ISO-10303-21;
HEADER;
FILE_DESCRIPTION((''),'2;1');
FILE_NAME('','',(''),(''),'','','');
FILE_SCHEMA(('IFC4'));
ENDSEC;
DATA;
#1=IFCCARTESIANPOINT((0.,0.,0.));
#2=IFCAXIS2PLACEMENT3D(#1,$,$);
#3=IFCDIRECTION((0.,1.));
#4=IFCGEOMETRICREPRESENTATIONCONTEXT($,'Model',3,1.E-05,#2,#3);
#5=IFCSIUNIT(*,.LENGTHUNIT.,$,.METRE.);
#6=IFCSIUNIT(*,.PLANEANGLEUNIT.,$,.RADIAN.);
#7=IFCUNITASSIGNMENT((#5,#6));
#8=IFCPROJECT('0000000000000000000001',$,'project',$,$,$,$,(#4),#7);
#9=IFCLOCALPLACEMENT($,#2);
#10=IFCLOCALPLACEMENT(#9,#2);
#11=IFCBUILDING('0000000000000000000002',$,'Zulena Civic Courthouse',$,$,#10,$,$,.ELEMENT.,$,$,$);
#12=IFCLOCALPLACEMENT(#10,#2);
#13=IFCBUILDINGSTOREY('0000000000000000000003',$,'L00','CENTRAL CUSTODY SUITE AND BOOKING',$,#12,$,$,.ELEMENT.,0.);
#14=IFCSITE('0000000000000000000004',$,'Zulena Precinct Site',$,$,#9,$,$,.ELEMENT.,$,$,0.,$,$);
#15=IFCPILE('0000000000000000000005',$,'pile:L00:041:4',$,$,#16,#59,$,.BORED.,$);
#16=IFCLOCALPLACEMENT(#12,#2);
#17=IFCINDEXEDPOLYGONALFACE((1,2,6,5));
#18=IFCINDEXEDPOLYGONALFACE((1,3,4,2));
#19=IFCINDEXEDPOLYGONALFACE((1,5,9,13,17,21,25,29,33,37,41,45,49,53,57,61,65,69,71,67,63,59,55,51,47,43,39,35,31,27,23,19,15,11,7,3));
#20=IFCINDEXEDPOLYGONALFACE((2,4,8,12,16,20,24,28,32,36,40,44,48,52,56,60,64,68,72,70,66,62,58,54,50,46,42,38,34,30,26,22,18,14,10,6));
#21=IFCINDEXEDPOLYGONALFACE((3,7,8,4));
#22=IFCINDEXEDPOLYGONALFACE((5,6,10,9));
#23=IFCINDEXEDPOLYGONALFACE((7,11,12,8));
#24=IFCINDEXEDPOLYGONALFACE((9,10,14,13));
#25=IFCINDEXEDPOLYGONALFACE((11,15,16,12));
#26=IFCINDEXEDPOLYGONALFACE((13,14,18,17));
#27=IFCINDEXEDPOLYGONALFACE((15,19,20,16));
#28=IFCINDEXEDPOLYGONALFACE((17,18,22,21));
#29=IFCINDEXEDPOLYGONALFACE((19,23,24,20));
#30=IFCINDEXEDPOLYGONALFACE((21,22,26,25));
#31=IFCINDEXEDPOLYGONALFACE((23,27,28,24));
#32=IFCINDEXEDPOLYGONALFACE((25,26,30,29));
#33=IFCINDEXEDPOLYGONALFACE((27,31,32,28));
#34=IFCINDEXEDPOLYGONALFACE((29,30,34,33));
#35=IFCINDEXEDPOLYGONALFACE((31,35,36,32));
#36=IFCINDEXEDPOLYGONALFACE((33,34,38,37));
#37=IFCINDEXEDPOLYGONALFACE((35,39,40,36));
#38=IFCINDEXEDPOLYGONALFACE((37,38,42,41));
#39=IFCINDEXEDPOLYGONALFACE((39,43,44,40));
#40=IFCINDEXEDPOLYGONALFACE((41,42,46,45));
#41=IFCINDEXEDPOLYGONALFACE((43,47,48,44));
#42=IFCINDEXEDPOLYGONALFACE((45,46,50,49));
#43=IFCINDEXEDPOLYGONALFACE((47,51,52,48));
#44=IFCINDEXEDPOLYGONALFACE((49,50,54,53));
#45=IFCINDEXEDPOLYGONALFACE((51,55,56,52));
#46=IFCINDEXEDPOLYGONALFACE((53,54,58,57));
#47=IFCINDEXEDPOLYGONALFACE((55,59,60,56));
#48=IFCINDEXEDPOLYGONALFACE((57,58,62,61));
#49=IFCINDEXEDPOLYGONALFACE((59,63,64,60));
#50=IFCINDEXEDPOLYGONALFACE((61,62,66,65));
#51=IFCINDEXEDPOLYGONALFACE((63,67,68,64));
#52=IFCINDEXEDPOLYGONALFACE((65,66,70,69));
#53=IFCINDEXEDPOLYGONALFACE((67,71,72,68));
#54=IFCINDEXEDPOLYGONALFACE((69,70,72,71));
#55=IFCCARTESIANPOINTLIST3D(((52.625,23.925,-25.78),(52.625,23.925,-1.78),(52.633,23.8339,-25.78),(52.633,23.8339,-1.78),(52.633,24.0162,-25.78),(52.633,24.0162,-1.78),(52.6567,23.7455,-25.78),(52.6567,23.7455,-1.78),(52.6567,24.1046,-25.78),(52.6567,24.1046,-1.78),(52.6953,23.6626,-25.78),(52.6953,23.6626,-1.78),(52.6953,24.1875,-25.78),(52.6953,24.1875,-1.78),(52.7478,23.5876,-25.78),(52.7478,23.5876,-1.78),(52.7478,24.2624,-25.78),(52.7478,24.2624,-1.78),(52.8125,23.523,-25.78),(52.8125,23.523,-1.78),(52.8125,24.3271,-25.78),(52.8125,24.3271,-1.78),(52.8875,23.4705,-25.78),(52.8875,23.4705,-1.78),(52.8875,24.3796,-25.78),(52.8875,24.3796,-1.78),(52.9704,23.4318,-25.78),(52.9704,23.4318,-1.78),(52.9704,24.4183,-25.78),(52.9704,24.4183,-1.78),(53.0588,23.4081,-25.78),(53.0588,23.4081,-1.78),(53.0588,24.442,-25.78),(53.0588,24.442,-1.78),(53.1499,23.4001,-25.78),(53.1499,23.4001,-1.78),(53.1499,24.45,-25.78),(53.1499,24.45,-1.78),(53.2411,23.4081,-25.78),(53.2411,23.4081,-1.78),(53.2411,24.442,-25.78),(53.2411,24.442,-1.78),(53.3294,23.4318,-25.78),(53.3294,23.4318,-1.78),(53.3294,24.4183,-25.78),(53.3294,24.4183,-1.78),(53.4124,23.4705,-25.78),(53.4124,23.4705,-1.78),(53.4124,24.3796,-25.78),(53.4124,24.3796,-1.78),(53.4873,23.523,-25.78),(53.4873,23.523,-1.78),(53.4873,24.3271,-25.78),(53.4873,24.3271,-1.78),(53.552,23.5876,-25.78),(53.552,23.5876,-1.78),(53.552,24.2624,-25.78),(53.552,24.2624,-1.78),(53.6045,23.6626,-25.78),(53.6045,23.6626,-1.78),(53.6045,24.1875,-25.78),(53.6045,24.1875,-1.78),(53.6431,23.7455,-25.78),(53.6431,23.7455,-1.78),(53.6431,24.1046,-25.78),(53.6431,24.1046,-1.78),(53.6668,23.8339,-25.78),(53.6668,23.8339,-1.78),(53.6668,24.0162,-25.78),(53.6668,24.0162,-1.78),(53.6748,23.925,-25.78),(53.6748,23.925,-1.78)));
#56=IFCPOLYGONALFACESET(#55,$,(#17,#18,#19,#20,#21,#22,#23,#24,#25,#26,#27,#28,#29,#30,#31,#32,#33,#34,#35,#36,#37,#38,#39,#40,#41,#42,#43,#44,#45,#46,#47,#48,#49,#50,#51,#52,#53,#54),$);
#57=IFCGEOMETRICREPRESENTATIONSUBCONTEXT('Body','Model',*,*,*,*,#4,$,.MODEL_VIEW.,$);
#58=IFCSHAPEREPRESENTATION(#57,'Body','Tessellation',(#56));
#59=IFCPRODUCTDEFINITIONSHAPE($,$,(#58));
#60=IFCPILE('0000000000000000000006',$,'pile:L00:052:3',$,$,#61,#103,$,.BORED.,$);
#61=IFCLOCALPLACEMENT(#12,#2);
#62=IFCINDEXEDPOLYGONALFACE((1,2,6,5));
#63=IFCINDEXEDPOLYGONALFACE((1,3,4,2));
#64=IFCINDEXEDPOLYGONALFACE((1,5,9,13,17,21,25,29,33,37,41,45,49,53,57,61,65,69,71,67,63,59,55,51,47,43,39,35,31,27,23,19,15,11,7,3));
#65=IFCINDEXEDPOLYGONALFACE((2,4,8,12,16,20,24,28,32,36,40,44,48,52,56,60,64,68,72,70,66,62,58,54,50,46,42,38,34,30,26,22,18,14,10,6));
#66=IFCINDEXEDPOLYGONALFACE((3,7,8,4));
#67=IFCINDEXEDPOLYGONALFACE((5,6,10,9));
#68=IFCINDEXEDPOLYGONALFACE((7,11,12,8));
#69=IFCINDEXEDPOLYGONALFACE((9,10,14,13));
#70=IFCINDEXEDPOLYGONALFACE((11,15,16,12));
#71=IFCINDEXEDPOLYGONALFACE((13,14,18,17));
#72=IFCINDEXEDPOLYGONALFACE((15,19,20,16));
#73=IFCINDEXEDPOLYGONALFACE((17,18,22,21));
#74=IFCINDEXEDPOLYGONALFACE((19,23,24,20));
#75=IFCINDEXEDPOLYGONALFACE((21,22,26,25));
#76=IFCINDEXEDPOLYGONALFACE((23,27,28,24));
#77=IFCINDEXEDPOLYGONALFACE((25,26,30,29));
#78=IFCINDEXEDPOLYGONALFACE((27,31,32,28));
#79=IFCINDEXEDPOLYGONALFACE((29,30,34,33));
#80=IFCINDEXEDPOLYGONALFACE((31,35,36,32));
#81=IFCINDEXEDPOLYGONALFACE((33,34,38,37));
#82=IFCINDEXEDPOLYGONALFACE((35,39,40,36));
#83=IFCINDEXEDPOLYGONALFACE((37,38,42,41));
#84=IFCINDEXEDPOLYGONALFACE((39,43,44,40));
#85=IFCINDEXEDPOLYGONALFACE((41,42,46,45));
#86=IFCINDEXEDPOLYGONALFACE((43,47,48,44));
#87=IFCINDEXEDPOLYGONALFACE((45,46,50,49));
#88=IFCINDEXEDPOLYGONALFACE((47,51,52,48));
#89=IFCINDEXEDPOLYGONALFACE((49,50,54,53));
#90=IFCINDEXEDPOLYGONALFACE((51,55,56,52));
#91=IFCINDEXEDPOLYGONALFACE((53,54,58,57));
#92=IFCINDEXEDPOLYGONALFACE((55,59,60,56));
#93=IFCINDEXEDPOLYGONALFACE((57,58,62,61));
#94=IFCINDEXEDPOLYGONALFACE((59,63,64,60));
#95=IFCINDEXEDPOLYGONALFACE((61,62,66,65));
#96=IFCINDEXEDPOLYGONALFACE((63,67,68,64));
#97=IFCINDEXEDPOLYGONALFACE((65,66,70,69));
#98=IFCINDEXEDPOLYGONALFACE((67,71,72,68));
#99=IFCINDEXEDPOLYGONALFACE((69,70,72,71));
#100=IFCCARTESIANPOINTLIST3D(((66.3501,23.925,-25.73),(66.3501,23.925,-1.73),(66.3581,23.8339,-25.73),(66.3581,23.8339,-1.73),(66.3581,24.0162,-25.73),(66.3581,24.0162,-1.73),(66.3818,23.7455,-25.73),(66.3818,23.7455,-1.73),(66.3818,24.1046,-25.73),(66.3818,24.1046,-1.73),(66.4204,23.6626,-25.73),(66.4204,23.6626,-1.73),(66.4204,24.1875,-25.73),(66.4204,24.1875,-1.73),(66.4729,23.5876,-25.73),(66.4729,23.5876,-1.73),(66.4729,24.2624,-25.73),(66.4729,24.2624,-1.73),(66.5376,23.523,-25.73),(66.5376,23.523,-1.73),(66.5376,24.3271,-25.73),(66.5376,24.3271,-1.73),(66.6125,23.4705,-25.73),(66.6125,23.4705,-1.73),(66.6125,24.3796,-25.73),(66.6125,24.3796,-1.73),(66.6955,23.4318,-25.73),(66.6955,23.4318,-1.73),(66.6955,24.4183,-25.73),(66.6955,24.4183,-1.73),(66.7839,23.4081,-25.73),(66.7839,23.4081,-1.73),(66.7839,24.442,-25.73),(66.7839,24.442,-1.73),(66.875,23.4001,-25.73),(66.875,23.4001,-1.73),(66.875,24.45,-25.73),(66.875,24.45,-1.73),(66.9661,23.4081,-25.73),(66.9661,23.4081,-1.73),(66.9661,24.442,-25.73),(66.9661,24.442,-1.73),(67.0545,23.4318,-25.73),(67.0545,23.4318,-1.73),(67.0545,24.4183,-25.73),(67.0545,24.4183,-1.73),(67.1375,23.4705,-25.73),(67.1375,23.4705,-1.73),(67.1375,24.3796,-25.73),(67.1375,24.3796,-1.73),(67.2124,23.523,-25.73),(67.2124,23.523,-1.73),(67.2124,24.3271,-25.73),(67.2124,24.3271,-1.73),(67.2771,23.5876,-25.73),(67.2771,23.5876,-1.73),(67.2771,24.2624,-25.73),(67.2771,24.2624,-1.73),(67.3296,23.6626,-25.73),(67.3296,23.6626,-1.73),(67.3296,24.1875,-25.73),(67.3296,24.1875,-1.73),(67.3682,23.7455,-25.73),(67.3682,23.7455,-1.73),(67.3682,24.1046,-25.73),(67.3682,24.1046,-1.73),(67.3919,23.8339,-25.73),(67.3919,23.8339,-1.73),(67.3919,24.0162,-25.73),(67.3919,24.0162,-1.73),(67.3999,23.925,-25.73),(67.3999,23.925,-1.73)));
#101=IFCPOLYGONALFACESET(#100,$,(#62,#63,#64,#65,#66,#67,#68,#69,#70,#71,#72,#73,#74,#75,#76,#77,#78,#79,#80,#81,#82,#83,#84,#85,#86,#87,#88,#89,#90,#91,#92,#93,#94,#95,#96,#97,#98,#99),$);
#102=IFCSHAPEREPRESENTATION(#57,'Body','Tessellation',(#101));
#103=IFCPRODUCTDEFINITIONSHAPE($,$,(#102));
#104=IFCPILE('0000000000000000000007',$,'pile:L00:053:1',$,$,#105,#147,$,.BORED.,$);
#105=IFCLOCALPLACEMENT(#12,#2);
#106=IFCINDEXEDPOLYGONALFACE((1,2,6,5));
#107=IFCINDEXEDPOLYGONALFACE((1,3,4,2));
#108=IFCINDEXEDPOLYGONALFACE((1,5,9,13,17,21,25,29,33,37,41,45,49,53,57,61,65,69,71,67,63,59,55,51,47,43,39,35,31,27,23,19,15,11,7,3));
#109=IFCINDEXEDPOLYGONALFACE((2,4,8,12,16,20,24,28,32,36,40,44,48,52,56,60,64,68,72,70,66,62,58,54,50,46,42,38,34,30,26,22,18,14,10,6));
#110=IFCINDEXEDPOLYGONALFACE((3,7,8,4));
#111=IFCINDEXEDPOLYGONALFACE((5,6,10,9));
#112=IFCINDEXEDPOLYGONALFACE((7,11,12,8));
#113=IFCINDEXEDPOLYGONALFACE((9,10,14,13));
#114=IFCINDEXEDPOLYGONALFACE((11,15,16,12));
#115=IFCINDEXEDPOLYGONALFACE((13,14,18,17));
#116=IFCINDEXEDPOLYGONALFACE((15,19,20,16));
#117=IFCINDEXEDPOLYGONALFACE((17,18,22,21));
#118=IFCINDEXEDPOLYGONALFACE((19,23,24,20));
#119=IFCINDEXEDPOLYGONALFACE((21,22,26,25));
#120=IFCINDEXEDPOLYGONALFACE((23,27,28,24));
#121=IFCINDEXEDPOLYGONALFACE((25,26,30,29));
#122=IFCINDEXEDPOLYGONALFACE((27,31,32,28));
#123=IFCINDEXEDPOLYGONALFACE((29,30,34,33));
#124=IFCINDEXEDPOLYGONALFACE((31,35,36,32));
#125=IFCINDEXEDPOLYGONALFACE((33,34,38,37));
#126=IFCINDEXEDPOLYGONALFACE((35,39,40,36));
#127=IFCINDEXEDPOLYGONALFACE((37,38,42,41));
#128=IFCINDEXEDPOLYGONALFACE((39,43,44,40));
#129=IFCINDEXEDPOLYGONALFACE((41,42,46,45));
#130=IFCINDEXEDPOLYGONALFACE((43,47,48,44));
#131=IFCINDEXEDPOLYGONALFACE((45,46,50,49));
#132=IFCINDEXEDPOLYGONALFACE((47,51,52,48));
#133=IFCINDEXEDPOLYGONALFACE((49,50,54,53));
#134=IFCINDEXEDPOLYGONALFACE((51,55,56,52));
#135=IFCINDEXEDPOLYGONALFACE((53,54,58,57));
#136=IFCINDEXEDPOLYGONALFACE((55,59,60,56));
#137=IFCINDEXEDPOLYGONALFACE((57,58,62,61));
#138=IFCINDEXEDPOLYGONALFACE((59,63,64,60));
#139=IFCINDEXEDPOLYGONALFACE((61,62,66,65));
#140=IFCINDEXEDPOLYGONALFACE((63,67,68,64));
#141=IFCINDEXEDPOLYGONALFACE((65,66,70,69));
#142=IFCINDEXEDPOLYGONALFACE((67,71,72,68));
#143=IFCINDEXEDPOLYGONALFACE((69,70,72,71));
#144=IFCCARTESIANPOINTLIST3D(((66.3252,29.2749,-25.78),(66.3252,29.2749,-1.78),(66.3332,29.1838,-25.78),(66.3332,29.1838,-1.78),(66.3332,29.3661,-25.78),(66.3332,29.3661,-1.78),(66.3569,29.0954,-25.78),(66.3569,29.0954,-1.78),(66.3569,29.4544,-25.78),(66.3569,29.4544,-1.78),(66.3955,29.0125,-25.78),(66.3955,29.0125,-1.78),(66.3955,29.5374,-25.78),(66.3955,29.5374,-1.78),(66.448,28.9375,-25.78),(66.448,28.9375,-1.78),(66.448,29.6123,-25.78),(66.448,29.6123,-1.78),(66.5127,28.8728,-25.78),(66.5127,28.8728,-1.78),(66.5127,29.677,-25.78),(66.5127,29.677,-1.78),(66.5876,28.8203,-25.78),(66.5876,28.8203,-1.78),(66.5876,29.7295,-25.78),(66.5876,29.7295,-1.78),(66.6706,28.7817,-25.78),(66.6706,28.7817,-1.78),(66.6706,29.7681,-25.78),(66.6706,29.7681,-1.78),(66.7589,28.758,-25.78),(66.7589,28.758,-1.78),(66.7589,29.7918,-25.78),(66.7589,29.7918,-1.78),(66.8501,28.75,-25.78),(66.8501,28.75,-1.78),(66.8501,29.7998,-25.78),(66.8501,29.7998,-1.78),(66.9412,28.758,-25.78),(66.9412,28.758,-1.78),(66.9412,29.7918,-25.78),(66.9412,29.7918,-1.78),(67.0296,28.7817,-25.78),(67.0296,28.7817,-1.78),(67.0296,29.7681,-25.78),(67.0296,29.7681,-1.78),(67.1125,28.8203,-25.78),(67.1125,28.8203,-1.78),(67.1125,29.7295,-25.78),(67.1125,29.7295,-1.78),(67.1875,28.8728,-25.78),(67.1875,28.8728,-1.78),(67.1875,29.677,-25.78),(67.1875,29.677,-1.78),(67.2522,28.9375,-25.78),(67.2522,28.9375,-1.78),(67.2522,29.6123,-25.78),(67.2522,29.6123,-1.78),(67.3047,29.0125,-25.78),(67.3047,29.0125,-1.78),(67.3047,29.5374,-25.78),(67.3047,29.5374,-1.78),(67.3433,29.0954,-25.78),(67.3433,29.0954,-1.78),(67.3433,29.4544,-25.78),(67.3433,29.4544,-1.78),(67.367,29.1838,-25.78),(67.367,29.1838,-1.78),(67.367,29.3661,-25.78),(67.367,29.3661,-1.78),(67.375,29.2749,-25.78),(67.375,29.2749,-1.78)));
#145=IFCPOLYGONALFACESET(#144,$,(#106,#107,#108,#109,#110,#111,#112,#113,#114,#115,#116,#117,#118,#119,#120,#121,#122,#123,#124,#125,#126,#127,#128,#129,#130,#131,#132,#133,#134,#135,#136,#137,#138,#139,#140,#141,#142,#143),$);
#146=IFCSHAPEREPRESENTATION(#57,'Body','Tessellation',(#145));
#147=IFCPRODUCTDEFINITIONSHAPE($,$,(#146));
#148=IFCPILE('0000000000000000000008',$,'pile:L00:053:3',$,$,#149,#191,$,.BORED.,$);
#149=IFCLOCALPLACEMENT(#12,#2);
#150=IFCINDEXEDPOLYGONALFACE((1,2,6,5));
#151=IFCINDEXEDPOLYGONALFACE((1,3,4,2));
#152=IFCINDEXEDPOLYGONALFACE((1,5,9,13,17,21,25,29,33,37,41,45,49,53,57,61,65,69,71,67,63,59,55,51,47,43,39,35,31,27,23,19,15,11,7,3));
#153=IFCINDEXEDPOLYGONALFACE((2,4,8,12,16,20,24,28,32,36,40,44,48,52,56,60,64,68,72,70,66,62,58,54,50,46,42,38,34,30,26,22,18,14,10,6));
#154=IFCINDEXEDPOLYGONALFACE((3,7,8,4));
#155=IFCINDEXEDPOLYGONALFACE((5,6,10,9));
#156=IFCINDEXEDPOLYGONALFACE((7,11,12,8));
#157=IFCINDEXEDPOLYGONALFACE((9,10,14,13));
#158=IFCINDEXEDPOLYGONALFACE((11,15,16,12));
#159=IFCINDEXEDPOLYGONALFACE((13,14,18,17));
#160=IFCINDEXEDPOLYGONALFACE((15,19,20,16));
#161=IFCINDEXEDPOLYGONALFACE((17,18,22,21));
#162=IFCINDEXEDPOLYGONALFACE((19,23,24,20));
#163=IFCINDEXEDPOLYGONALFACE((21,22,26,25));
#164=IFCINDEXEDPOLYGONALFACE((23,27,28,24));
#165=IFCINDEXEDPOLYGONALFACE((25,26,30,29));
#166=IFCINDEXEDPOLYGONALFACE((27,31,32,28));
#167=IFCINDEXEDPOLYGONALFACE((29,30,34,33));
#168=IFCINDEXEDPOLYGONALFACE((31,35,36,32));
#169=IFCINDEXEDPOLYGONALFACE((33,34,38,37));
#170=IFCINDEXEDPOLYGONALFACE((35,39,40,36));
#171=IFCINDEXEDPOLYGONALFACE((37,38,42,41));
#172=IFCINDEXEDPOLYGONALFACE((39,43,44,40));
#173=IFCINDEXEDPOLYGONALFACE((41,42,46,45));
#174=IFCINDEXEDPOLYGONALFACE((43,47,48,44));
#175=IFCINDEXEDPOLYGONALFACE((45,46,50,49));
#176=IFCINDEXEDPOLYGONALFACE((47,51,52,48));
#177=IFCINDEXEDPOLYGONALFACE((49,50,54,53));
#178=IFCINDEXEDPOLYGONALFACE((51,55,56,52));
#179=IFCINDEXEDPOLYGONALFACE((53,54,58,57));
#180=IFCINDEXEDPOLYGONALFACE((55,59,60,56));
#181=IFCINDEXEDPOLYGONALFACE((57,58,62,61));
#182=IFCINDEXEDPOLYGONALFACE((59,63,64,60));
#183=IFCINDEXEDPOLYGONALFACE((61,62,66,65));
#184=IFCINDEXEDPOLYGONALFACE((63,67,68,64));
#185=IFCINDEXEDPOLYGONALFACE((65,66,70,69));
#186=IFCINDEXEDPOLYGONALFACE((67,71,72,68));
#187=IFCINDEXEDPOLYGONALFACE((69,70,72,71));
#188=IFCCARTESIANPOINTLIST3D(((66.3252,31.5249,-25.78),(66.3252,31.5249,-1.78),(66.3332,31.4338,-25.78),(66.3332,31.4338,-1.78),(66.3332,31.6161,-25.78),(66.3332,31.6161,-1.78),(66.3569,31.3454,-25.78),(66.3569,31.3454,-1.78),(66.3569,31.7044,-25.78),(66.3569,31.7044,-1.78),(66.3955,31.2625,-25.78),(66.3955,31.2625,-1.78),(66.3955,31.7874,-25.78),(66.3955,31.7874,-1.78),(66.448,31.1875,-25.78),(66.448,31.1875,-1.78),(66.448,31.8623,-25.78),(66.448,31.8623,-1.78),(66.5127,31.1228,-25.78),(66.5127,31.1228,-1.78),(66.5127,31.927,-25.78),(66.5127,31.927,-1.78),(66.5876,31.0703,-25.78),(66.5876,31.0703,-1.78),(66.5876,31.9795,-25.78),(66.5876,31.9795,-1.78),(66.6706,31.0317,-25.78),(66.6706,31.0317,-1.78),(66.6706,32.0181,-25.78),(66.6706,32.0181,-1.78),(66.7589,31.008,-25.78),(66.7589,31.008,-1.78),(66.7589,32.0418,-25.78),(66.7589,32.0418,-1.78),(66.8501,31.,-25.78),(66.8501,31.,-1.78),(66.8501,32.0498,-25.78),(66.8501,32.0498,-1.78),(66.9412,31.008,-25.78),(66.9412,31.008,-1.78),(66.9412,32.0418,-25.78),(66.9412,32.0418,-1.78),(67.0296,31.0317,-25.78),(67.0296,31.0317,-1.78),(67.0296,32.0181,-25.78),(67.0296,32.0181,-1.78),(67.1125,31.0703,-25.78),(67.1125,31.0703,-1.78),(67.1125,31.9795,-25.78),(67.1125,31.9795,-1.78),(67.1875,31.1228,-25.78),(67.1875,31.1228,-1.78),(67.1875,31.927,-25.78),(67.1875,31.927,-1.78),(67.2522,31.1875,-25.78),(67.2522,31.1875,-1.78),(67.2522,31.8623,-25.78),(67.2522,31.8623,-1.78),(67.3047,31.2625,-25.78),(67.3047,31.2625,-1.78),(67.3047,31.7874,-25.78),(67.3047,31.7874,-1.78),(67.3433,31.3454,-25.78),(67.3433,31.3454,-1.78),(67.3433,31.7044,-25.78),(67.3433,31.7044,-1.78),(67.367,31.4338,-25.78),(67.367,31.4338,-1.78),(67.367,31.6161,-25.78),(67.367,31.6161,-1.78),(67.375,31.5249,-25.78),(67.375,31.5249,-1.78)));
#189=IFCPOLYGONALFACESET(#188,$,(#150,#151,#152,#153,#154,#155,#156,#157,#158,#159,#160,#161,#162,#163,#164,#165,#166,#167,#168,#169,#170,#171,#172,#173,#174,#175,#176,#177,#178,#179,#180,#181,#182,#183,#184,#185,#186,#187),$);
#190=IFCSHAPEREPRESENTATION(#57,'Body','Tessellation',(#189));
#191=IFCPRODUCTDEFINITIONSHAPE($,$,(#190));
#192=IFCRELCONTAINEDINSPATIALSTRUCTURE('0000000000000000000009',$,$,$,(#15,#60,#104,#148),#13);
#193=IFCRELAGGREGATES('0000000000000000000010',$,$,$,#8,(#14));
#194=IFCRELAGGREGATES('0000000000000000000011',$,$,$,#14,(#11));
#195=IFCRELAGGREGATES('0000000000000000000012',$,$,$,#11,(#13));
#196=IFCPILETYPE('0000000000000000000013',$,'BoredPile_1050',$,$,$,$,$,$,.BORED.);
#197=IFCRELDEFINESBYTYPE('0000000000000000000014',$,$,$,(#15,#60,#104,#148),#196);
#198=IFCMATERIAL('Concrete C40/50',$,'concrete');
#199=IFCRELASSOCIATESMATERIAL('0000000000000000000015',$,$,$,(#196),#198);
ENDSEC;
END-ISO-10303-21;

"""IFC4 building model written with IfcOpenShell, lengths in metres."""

from ifc_helpers import new_model, si_unit, direction, frame, origin, origin_2d, place, context, subcontext, project, spatial, circle, extrude, material, material_profile, profile_set, type_object, element, save


model = new_model("IFC4")

# Units and contexts
model_context = context("Model", 3, precision=1e-05, world=origin(), true_north=direction((0.0, 1.0)))
body_context = subcontext(model_context, "Body", "Model", "MODEL_VIEW")
ifc_project = project(units=[si_unit("LENGTHUNIT", "METRE"), si_unit("PLANEANGLEUNIT", "RADIAN")], contexts=[model_context])

# Site, building, storey
site_placement = place(None, origin())
site = spatial("IfcSite", under=ifc_project, at=site_placement, Name="Zulena Precinct Site", CompositionType="ELEMENT", RefElevation=0.0)
building_placement = place(site_placement, origin())
building = spatial("IfcBuilding", under=site, at=building_placement, Name="Zulena Civic Courthouse", CompositionType="ELEMENT")
storey_placement = place(building_placement, origin())
storey = spatial("IfcBuildingStorey", under=building, at=storey_placement, Name="L00", Description="CENTRAL CUSTODY SUITE AND BOOKING", CompositionType="ELEMENT", Elevation=0.0)

# Piles
ifc_material_1 = material(Name="Concrete C40/50", Category="concrete")
ifc_material_profile_1 = material_profile(ifc_material_1, circle(Radius=0.5249, at=origin_2d()), Name="PILE1050")
ifc_profile_set_1 = profile_set([ifc_material_profile_1], Name="Concrete C40/50")
pile_type_1 = type_object("IfcPileType", Name="BoredPile_1050", PredefinedType="BORED", material=ifc_profile_set_1)
for number, where, z_axis, x_axis, name in (
    (1, (53.1499, 23.925, -1.78), (0.0, 0.0, -1.0), (1.0, 0.0, 0.0), "pile:L00:041:4"),
    (2, (66.875, 23.925, -1.73), (0.0, 0.0, -1.0), (1.0, 0.0, 0.0), "pile:L00:052:3"),
    (3, (66.8501, 29.2749, -1.78), (0.0, 0.0, -1.0), (1.0, 0.0, 0.0), "pile:L00:053:1"),
    (4, (66.8501, 31.5249, -1.78), (0.0, 0.0, -1.0), (1.0, 0.0, 0.0), "pile:L00:053:3"),
):
    element("IfcPile", number, at=place(storey_placement, frame(where, z_axis=z_axis, x_axis=x_axis)), inside=storey, type_object=pile_type_1, Name=name, PredefinedType="BORED", context=body_context, shape_type="SweptSolid", body=[
        extrude(circle(Radius=0.5249, at=origin_2d()), origin(), (0.0, 0.0, 1.0), 24.0),
    ])

save(model, "model.ifc")
